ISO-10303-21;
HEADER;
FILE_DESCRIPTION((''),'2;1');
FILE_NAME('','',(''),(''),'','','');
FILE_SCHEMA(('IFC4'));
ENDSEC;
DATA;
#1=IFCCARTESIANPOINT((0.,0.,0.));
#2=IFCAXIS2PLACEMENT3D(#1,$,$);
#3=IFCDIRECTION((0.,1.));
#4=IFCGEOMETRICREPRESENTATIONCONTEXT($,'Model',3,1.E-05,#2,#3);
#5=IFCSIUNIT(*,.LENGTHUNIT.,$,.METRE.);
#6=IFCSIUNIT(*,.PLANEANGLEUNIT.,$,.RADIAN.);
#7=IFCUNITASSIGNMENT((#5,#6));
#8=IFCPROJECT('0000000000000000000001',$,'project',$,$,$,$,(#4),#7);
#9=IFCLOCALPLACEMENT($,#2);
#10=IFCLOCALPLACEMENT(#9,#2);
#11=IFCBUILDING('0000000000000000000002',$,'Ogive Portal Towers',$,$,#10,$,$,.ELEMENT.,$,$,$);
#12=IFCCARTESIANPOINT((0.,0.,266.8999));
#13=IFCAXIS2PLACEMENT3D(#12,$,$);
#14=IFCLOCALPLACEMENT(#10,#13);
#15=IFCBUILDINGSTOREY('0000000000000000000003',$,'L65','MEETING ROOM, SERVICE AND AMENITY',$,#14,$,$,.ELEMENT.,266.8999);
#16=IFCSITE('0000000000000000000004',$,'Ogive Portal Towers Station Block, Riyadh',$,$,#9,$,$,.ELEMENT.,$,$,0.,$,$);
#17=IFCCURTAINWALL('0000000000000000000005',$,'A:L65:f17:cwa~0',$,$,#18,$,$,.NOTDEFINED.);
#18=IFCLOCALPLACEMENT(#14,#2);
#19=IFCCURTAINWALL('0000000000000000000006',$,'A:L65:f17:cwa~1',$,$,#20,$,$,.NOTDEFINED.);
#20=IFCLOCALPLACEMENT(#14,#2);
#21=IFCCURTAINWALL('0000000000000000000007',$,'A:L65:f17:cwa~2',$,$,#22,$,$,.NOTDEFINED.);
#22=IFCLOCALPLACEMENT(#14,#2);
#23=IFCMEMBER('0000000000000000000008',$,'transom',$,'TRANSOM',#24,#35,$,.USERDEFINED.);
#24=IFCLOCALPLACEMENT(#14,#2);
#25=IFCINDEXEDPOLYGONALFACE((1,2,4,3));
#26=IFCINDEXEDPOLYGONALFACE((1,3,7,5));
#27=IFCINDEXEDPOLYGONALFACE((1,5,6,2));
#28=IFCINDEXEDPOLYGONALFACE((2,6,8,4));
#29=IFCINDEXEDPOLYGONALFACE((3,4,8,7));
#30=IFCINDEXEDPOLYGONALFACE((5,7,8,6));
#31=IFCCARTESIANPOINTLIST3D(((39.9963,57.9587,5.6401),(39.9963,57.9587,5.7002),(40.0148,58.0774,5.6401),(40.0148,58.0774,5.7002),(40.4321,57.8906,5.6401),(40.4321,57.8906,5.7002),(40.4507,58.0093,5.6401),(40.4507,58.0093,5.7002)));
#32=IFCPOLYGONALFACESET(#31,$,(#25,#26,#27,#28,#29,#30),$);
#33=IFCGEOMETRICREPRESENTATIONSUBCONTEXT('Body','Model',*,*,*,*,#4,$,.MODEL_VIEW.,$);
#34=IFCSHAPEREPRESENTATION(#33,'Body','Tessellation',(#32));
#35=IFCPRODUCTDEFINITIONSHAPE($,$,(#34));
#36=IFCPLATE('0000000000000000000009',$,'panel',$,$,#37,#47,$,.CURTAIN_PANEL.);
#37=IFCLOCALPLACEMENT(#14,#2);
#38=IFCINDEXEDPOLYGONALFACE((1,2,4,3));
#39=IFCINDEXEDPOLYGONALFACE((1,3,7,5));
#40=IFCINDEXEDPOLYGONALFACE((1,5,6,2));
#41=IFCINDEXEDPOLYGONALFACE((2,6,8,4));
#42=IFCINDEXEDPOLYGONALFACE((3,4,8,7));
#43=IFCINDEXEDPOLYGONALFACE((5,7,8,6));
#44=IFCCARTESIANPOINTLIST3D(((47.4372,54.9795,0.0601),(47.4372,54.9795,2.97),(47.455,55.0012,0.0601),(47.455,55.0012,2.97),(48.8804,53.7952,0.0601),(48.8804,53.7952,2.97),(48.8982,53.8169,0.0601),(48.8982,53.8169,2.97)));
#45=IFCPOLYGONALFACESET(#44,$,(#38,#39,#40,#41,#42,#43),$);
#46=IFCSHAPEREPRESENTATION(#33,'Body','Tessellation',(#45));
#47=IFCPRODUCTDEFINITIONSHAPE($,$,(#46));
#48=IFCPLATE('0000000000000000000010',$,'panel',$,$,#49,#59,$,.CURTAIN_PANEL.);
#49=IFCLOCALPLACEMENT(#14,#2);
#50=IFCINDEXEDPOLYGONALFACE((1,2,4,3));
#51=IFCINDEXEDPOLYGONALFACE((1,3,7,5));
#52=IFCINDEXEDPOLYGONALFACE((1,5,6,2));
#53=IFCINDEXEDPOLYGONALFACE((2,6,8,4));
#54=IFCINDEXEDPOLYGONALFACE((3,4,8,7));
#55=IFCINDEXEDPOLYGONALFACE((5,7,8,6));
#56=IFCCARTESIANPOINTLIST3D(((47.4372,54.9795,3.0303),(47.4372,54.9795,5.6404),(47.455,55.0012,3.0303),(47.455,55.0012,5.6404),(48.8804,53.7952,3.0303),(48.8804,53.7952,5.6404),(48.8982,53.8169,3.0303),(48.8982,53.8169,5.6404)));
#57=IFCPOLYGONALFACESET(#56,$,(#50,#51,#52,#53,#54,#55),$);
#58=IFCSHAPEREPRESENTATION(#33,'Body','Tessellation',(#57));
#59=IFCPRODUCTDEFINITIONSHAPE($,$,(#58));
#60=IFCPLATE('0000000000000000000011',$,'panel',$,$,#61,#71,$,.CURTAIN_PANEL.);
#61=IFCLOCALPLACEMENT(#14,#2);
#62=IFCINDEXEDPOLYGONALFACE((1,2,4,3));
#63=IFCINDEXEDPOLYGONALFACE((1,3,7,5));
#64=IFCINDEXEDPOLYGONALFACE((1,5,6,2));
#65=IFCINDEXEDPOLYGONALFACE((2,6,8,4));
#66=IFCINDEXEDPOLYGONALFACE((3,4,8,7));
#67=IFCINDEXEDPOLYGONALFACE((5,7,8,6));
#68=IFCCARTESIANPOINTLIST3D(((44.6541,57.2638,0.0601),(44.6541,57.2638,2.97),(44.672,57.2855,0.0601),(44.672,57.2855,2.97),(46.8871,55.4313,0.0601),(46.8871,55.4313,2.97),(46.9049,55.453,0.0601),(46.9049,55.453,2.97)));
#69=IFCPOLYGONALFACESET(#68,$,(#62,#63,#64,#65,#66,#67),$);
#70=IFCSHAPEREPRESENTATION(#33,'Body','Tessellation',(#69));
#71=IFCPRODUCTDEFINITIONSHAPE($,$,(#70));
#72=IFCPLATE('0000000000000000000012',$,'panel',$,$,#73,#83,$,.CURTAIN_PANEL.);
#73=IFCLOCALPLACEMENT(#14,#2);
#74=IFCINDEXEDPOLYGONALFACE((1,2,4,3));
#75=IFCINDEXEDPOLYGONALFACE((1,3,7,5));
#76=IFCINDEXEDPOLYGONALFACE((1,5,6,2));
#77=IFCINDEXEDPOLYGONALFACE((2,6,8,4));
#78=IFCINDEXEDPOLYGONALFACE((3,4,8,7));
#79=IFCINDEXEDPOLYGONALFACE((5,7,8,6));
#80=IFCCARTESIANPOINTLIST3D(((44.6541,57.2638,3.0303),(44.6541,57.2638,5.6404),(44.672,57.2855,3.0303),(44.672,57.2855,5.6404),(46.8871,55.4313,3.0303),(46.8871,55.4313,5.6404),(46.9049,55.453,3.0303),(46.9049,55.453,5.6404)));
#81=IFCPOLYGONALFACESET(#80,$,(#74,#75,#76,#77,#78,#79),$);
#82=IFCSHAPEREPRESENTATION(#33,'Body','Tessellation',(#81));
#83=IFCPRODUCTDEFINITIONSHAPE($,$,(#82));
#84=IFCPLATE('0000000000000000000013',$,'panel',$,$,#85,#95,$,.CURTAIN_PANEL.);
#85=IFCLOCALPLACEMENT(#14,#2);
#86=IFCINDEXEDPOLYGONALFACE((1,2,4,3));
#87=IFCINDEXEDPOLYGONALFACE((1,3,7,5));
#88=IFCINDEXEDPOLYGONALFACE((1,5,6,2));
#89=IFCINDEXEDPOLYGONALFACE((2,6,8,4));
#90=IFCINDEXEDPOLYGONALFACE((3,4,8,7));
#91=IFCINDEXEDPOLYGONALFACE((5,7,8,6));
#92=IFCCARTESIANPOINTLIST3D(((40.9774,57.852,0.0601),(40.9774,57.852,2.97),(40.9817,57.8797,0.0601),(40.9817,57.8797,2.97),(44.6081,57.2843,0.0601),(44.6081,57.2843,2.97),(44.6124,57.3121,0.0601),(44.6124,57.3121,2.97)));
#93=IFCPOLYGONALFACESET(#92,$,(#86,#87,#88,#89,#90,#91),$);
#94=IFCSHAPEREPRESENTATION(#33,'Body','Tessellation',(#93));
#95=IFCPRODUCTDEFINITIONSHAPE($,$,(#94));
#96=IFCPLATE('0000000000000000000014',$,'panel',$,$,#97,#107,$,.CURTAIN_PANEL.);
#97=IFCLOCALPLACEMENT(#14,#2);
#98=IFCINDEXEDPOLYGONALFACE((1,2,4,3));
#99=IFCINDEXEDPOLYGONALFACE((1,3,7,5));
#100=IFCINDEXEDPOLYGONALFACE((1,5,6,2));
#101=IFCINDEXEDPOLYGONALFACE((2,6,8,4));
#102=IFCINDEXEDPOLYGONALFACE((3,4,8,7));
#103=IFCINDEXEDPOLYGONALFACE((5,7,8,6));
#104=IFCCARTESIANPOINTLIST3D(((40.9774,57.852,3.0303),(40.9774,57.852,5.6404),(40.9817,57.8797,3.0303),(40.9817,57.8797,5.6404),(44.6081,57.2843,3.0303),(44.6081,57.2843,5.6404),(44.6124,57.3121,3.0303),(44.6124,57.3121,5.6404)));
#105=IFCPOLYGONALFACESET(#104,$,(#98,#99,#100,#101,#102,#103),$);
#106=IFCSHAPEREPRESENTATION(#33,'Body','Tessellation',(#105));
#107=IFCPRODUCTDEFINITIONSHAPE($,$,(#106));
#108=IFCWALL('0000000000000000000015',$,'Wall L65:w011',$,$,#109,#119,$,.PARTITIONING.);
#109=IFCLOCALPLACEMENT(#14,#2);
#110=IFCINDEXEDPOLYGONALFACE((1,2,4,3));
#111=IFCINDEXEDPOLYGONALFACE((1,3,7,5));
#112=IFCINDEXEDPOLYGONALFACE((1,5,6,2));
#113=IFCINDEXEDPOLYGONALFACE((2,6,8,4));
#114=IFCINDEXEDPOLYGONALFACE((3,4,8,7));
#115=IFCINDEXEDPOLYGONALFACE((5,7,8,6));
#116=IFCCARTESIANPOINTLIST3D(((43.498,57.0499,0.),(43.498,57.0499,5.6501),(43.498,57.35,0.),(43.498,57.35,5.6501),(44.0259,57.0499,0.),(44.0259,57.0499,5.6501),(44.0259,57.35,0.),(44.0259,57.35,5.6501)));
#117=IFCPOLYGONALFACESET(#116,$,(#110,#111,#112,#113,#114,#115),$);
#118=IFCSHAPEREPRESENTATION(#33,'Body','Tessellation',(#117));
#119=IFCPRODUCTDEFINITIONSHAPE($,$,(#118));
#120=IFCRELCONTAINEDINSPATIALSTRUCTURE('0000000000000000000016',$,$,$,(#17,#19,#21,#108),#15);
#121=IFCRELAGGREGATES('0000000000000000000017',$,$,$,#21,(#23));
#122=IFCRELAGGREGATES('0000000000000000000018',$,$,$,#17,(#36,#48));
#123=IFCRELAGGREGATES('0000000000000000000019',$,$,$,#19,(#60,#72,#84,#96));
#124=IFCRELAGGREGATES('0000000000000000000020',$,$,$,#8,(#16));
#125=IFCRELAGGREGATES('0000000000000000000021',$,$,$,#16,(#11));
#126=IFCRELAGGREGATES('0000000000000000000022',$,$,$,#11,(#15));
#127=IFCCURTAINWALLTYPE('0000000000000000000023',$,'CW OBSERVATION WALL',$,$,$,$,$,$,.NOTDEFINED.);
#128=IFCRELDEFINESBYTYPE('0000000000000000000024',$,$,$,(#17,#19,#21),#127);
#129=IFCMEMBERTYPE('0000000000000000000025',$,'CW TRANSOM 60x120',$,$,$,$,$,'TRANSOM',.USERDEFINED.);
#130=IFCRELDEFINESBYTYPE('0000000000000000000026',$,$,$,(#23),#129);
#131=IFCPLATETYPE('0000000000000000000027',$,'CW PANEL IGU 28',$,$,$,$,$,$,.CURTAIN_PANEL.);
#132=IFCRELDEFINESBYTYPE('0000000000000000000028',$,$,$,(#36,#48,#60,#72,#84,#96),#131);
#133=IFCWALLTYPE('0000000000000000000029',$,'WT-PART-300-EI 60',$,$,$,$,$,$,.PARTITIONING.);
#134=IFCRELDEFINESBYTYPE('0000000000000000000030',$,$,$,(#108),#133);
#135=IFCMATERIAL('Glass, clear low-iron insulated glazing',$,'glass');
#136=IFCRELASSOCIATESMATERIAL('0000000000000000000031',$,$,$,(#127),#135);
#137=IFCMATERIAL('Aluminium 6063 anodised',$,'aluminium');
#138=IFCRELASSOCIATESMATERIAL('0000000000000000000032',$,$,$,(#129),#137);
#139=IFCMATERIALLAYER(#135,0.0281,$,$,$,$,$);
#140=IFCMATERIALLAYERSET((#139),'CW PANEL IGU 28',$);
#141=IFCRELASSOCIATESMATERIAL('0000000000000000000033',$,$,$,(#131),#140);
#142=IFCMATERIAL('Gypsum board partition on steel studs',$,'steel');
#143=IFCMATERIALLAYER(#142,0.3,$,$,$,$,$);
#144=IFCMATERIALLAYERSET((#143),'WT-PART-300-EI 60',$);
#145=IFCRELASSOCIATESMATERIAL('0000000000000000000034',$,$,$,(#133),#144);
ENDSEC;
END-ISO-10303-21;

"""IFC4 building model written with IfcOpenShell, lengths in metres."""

from ifc_helpers import new_model, si_unit, direction, frame, frame_2d, origin, origin_2d, place, context, subcontext, project, spatial, rectangle, extrude, material, layer, layer_set, material_profile, profile_set, type_object, element, aggregate, save


model = new_model("IFC4")

# Units and contexts
model_context = context("Model", 3, precision=1e-05, world=origin(), true_north=direction((0.0, 1.0)))
body_context = subcontext(model_context, "Body", "Model", "MODEL_VIEW")
ifc_project = project(units=[si_unit("LENGTHUNIT", "METRE"), si_unit("PLANEANGLEUNIT", "RADIAN")], contexts=[model_context])

# Site, building, storey
site_placement = place(None, origin())
site = spatial("IfcSite", under=ifc_project, at=site_placement, Name="Ogive Portal Towers Station Block, Riyadh", CompositionType="ELEMENT", RefElevation=0.0)
building_placement = place(site_placement, origin())
building = spatial("IfcBuilding", under=site, at=building_placement, Name="Ogive Portal Towers", CompositionType="ELEMENT")
storey_placement = place(building_placement, frame((0.0, 0.0, 266.8999)))
storey = spatial("IfcBuildingStorey", under=building, at=storey_placement, Name="L65", Description="MEETING ROOM, SERVICE AND AMENITY", CompositionType="ELEMENT", Elevation=266.8999)

# Curtain wall
ifc_material_1 = material(Name="Glass, clear low-iron insulated glazing", Category="glass")
curtain_wall_type = type_object("IfcCurtainWallType", Name="CW OBSERVATION WALL", PredefinedType="NOTDEFINED", material=ifc_material_1)
curtain_wall_1_placement = place(storey_placement, origin())
curtain_wall_1 = element("IfcCurtainWall", 1, at=curtain_wall_1_placement, inside=storey, type_object=curtain_wall_type, Name="A:L65:f17:cwa~0", PredefinedType="NOTDEFINED")
ifc_material_2 = material(Name="Aluminium 6063 anodised", Category="aluminium")

# Curtain wall
curtain_wall_2_placement = place(storey_placement, origin())
curtain_wall_2 = element("IfcCurtainWall", 2, at=curtain_wall_2_placement, inside=storey, type_object=curtain_wall_type, Name="A:L65:f17:cwa~1", PredefinedType="NOTDEFINED")

# Curtain wall
curtain_wall_3_placement = place(storey_placement, origin())
curtain_wall_3 = element("IfcCurtainWall", 3, at=curtain_wall_3_placement, inside=storey, type_object=curtain_wall_type, Name="A:L65:f17:cwa~2", PredefinedType="NOTDEFINED")

# Member
ifc_material_profile_1 = material_profile(ifc_material_2, rectangle(XDim=0.1201, YDim=0.0601, at=origin_2d()), Name="AL 120x60")
ifc_profile_set_1 = profile_set([ifc_material_profile_1], Name="Aluminium 6063 anodised")
member_type_1 = type_object("IfcMemberType", Name="CW TRANSOM 60x120", ElementType="TRANSOM", PredefinedType="USERDEFINED", material=ifc_profile_set_1)
member_1_placement = place(storey_placement, frame((40.4414, 57.95, 5.6702), z_axis=(-0.988004, 0.154428, 0.0), x_axis=(-0.154428, -0.988004, 0.0)))
member_1 = element("IfcMember", 4, at=member_1_placement, type_object=member_type_1, Name="transom", ObjectType="TRANSOM", PredefinedType="USERDEFINED", context=body_context, shape_type="SweptSolid", body=[
    extrude(rectangle(XDim=0.1201, YDim=0.0601, at=origin_2d()), origin(), (0.0, 0.0, 1.0), 0.4412),
])
aggregate(curtain_wall_3, [member_1])

# Plates
ifc_layer_1 = layer(ifc_material_1, 0.0281)
ifc_layer_set_1 = layer_set([ifc_layer_1], Name="CW PANEL IGU 28")
plate_type = type_object("IfcPlateType", Name="CW PANEL IGU 28", PredefinedType="CURTAIN_PANEL", material=ifc_layer_set_1)
plate_1_placement = place(storey_placement, frame((48.1677, 54.3982, 0.0601), z_axis=(0.0, 0.0, 1.0), x_axis=(-0.77301, 0.634393, 0.0)))
plate_1 = element("IfcPlate", 5, at=plate_1_placement, type_object=plate_type, Name="panel", PredefinedType="CURTAIN_PANEL", context=body_context, shape_type="SweptSolid", body=[
    extrude(rectangle(XDim=1.8669, YDim=0.0281, at=origin_2d()), origin(), (0.0, 0.0, 1.0), 2.9099),
])
plate_2_placement = place(storey_placement, frame((48.1677, 54.3982, 3.0303), z_axis=(0.0, 0.0, 1.0), x_axis=(-0.77301, 0.634393, 0.0)))
plate_2 = element("IfcPlate", 6, at=plate_2_placement, type_object=plate_type, Name="panel", PredefinedType="CURTAIN_PANEL", context=body_context, shape_type="SweptSolid", body=[
    extrude(rectangle(XDim=1.8669, YDim=0.0281, at=origin_2d()), origin(), (0.0, 0.0, 1.0), 2.6101),
])
aggregate(curtain_wall_1, [plate_1, plate_2])
plate_3_placement = place(storey_placement, frame((45.7795, 56.3584, 0.0601), z_axis=(0.0, 0.0, 1.0), x_axis=(-0.77301, 0.634393, 0.0)))
plate_3 = element("IfcPlate", 7, at=plate_3_placement, type_object=plate_type, Name="panel", PredefinedType="CURTAIN_PANEL", context=body_context, shape_type="SweptSolid", body=[
    extrude(rectangle(XDim=2.8887, YDim=0.0281, at=origin_2d()), origin(), (0.0, 0.0, 1.0), 2.9099),
])
plate_4_placement = place(storey_placement, frame((45.7795, 56.3584, 3.0303), z_axis=(0.0, 0.0, 1.0), x_axis=(-0.77301, 0.634393, 0.0)))
plate_4 = element("IfcPlate", 8, at=plate_4_placement, type_object=plate_type, Name="panel", PredefinedType="CURTAIN_PANEL", context=body_context, shape_type="SweptSolid", body=[
    extrude(rectangle(XDim=2.8887, YDim=0.0281, at=origin_2d()), origin(), (0.0, 0.0, 1.0), 2.6101),
])
plate_5_placement = place(storey_placement, frame((42.7949, 57.582, 0.0601), z_axis=(0.0, 0.0, 1.0), x_axis=(-0.987997, 0.154476, 0.0)))
plate_5 = element("IfcPlate", 9, at=plate_5_placement, type_object=plate_type, Name="panel", PredefinedType="CURTAIN_PANEL", context=body_context, shape_type="SweptSolid", body=[
    extrude(rectangle(XDim=3.6748, YDim=0.0281, at=origin_2d()), origin(), (0.0, 0.0, 1.0), 2.9099),
])
plate_6_placement = place(storey_placement, frame((42.7949, 57.582, 3.0303), z_axis=(0.0, 0.0, 1.0), x_axis=(-0.987997, 0.154476, 0.0)))
plate_6 = element("IfcPlate", 10, at=plate_6_placement, type_object=plate_type, Name="panel", PredefinedType="CURTAIN_PANEL", context=body_context, shape_type="SweptSolid", body=[
    extrude(rectangle(XDim=3.6748, YDim=0.0281, at=origin_2d()), origin(), (0.0, 0.0, 1.0), 2.6101),
])
aggregate(curtain_wall_2, [plate_3, plate_4, plate_5, plate_6])

# Wall
ifc_material_3 = material(Name="Gypsum board partition on steel studs", Category="steel")
ifc_layer_2 = layer(ifc_material_3, 0.3)
ifc_layer_set_2 = layer_set([ifc_layer_2], Name="WT-PART-300-EI 60")
wall_type = type_object("IfcWallType", Name="WT-PART-300-EI 60", PredefinedType="PARTITIONING", material=ifc_layer_set_2)
wall_placement = place(storey_placement, frame((43.498, 57.2, 0.0), z_axis=(0.0, 0.0, 1.0), x_axis=(1.0, 0.0, 0.0)))
element("IfcWall", 11, at=wall_placement, inside=storey, type_object=wall_type, Name="Wall L65:w011", PredefinedType="PARTITIONING", context=body_context, shape_type="SweptSolid", body=[
    extrude(rectangle(XDim=0.5278, YDim=0.3, at=frame_2d((0.2639, 0.0))), origin(), (0.0, 0.0, 1.0), 5.6501),
])

save(model, "model.ifc")
